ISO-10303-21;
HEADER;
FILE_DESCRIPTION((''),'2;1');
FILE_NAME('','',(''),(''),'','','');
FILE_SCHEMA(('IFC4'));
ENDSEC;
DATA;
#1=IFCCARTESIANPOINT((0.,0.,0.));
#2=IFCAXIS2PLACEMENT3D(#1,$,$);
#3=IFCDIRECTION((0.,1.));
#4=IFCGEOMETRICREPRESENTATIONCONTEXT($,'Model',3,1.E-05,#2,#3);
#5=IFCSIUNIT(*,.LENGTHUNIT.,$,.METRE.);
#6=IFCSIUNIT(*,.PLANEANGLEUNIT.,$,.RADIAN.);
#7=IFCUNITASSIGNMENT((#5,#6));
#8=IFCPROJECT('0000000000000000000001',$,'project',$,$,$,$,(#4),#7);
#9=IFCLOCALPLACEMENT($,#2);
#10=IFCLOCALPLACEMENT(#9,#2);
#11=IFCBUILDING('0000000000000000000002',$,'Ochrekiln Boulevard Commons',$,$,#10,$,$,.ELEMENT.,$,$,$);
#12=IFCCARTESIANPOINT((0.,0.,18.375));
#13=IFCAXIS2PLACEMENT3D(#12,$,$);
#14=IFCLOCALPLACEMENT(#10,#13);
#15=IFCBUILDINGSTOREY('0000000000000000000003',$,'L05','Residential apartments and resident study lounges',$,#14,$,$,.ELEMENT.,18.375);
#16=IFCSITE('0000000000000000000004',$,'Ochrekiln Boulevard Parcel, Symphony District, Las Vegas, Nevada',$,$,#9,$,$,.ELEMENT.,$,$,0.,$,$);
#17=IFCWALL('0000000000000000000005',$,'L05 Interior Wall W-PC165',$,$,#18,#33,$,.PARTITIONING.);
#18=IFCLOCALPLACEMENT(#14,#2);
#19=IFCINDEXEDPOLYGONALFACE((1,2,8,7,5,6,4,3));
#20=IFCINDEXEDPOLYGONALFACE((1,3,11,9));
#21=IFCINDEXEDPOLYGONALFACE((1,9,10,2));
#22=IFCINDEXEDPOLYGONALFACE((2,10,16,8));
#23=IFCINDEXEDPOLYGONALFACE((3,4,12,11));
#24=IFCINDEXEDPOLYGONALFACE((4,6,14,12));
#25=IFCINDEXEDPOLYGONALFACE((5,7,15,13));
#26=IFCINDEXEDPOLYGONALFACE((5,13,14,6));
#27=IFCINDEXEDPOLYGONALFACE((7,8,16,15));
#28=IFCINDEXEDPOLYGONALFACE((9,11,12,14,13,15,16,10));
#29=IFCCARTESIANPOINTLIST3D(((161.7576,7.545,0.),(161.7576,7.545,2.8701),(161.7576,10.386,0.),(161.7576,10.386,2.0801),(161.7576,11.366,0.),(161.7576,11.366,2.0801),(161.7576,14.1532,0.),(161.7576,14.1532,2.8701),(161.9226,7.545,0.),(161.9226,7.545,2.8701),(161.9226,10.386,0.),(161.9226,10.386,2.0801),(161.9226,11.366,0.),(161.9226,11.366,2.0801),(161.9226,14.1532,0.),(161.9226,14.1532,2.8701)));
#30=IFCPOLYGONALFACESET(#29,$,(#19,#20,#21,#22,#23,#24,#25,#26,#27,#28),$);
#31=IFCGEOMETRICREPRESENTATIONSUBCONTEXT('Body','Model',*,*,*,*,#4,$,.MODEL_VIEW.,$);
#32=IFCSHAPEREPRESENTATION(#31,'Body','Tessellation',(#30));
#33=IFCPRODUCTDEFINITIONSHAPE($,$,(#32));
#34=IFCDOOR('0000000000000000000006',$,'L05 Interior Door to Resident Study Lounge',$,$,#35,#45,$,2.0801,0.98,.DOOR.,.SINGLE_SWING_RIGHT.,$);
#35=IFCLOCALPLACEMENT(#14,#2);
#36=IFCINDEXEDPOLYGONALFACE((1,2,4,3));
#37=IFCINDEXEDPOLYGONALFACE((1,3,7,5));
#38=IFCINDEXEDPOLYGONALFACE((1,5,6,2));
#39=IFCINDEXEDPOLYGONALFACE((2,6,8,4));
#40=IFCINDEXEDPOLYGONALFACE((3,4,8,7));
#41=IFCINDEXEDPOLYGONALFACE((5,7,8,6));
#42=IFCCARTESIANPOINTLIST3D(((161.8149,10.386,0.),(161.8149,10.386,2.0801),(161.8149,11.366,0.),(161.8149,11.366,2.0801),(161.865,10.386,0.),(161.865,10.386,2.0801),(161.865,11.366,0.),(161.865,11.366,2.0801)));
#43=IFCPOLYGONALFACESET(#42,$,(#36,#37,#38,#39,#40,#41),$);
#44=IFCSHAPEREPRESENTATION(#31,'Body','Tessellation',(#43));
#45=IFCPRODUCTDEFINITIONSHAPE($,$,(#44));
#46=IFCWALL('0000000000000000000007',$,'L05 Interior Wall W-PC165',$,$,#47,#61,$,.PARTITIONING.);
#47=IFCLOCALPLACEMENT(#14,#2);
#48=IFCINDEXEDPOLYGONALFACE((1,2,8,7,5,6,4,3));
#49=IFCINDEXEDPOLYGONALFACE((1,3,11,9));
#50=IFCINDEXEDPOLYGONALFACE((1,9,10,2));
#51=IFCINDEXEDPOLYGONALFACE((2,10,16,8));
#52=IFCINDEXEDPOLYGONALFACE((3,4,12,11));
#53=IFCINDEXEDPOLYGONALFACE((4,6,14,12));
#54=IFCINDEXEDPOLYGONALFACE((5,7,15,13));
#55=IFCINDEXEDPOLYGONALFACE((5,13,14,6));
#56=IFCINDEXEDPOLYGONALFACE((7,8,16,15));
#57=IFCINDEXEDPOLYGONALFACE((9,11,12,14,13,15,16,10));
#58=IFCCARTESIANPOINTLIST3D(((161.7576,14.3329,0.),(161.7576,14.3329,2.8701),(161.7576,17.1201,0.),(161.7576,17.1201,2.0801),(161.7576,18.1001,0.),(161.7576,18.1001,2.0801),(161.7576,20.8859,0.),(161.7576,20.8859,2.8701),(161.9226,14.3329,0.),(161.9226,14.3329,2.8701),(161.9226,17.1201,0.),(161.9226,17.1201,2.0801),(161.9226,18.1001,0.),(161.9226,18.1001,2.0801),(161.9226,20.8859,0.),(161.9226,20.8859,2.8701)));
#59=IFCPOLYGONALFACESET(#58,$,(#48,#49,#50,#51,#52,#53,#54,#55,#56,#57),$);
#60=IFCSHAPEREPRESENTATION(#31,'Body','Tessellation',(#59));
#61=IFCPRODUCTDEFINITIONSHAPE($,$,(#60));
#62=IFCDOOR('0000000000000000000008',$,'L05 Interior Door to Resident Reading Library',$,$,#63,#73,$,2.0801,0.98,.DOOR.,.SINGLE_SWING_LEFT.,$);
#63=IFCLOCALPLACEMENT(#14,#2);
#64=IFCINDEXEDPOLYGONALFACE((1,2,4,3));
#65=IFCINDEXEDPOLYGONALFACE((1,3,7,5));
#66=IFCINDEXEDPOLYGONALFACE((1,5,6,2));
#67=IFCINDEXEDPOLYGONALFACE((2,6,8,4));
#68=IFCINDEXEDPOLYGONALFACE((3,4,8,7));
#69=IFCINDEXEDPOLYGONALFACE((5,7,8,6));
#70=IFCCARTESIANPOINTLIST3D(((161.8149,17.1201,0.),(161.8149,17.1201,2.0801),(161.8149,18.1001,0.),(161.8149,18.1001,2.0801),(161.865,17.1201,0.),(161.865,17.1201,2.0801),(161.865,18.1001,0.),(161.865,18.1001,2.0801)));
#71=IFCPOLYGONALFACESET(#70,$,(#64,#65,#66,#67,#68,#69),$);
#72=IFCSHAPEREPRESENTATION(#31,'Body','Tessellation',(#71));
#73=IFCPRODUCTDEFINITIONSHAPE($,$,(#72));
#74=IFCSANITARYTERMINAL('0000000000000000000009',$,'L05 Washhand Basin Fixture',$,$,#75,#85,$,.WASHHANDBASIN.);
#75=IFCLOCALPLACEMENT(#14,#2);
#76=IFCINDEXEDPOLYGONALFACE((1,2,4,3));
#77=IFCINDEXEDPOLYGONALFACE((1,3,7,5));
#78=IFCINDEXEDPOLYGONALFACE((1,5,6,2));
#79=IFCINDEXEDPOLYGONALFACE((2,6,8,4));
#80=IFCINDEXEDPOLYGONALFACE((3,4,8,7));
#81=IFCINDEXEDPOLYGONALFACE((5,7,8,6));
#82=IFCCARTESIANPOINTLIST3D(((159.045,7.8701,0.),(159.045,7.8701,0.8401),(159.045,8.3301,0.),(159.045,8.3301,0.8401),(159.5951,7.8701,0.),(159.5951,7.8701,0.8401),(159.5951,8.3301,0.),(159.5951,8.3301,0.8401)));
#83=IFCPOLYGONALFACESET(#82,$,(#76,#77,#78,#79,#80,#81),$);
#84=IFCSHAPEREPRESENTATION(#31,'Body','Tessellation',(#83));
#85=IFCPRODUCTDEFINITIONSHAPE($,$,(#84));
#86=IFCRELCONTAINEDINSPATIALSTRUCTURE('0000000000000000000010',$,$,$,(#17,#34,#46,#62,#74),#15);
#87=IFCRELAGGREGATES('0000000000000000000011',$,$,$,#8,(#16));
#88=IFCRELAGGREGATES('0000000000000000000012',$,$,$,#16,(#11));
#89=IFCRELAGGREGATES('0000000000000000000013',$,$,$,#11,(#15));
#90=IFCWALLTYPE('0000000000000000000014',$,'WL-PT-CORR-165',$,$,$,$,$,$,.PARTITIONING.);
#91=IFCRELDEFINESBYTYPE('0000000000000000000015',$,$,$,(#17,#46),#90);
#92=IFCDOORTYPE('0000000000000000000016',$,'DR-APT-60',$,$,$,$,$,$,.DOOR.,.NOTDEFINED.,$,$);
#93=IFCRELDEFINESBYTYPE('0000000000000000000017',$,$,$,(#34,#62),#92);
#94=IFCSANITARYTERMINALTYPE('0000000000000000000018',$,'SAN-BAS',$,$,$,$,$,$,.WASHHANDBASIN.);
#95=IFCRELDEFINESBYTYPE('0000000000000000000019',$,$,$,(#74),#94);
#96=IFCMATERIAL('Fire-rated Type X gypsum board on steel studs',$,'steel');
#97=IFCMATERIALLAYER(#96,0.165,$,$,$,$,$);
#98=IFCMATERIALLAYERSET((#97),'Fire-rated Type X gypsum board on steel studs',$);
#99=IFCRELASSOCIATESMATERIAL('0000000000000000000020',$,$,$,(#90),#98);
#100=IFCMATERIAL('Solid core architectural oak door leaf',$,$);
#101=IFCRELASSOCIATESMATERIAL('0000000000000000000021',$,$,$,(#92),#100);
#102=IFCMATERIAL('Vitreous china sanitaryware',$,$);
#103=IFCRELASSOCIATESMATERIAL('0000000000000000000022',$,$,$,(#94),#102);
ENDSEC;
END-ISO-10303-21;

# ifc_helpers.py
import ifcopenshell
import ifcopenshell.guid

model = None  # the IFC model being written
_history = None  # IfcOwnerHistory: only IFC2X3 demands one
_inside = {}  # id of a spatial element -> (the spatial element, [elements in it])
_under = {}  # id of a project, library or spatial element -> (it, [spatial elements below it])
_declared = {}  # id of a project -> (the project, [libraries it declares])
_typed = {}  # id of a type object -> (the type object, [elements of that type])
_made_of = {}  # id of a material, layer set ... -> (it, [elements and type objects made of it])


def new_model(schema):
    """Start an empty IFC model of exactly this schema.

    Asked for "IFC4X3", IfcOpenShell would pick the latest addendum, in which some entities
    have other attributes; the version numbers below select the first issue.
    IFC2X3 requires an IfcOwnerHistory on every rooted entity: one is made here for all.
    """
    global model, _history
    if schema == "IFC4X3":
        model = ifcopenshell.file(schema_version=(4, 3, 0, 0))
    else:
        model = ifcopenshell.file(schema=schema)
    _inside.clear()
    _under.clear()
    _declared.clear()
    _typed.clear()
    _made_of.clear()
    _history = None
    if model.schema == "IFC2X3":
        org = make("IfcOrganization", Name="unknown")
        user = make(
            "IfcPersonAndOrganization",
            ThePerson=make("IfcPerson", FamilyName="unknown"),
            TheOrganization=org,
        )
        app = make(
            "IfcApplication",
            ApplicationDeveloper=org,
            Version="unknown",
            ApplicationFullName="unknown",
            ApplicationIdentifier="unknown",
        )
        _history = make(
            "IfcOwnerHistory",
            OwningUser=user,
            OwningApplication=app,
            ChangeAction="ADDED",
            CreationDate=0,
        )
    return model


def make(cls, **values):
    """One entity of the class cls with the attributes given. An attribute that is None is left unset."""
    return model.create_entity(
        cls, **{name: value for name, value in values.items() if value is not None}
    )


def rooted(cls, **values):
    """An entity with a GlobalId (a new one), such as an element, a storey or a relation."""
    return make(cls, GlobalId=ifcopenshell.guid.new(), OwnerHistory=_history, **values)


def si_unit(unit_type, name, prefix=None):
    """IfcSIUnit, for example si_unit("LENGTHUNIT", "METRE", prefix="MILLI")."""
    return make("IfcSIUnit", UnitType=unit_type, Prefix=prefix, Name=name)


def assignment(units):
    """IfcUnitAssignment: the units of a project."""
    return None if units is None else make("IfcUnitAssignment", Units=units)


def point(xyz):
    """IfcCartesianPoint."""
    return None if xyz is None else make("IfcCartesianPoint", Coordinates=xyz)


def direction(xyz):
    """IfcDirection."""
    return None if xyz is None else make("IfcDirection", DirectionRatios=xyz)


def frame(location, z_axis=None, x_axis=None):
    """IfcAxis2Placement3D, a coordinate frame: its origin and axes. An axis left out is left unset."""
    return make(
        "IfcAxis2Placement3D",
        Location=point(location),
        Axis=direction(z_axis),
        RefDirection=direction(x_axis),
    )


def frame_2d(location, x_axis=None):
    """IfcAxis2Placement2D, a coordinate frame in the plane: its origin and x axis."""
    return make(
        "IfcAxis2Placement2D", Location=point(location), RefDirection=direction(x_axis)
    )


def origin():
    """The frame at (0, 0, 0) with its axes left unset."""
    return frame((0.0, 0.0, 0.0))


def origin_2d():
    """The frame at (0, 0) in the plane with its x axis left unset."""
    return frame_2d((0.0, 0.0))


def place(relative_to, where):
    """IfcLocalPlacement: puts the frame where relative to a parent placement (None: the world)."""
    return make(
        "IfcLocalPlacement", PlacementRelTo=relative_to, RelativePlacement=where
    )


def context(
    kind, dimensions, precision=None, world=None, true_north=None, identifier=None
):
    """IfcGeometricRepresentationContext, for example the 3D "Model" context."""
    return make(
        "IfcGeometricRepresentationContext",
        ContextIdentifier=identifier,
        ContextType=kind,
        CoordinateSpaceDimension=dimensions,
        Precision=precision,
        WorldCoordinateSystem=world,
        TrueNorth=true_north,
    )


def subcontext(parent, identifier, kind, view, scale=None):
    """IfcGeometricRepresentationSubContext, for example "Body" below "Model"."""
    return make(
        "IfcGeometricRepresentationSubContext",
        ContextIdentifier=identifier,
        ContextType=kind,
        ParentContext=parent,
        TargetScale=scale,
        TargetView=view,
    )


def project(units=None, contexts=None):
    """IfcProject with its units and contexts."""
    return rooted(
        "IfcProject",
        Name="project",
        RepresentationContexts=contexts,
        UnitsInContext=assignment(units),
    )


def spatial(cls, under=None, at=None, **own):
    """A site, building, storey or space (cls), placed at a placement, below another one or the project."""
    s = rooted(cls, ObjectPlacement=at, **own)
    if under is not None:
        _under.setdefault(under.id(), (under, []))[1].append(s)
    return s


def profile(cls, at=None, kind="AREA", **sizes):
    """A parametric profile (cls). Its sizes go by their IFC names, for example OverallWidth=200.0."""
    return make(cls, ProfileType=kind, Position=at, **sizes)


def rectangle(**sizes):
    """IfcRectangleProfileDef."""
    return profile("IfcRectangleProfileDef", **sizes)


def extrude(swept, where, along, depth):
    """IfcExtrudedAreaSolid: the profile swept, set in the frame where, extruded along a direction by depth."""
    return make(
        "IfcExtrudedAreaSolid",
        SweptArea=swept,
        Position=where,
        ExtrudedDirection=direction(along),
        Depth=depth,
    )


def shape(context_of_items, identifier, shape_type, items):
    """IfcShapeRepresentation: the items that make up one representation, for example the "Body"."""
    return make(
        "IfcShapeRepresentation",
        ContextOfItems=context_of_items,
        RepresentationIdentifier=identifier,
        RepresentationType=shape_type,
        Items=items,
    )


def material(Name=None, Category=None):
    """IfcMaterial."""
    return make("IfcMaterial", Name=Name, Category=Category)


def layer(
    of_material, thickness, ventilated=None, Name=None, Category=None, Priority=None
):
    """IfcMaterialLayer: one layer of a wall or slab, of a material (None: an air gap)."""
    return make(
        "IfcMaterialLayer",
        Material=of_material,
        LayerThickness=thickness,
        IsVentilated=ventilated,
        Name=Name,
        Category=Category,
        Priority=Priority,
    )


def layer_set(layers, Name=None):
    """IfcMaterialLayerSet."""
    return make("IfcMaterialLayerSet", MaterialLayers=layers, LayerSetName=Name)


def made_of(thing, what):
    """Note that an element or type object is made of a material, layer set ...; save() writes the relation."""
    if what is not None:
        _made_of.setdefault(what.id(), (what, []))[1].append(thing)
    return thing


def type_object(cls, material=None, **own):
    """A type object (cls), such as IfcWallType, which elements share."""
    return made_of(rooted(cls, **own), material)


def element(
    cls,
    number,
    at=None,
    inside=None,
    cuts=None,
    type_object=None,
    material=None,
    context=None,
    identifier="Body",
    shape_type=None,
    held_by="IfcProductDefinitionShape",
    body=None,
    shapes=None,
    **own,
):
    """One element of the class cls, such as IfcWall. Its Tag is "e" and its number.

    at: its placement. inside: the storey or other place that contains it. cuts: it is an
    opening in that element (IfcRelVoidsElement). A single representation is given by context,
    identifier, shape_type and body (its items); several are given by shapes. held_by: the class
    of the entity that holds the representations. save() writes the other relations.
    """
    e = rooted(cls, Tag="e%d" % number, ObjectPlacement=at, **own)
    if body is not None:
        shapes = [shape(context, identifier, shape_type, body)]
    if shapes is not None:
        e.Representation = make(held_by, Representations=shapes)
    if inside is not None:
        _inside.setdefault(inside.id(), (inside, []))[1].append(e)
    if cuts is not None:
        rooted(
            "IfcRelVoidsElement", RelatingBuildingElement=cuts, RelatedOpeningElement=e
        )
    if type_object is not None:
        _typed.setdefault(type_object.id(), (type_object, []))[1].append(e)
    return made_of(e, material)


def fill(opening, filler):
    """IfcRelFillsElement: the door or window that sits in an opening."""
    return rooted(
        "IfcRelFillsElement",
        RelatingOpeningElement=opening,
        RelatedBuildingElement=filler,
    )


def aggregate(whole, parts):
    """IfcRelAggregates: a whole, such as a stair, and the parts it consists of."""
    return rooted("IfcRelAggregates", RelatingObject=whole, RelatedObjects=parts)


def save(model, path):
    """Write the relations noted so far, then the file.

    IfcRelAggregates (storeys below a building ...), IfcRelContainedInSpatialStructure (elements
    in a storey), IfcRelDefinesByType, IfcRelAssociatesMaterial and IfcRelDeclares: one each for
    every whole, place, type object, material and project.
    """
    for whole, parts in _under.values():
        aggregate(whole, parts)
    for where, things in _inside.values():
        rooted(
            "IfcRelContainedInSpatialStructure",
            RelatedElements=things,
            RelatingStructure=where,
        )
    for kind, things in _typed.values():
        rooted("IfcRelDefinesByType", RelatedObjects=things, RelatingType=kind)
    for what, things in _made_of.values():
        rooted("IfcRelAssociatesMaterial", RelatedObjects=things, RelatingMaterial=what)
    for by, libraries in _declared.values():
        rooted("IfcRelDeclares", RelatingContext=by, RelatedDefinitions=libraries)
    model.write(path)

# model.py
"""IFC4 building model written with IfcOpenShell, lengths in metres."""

from ifc_helpers import new_model, si_unit, direction, frame, frame_2d, origin, origin_2d, place, context, subcontext, project, spatial, rectangle, extrude, material, layer, layer_set, type_object, element, fill, save


model = new_model("IFC4")

# Units and contexts
model_context = context("Model", 3, precision=1e-05, world=origin(), true_north=direction((0.0, 1.0)))
body_context = subcontext(model_context, "Body", "Model", "MODEL_VIEW")
ifc_project = project(units=[si_unit("LENGTHUNIT", "METRE"), si_unit("PLANEANGLEUNIT", "RADIAN")], contexts=[model_context])

# Site, building, storey
site_placement = place(None, origin())
site = spatial("IfcSite", under=ifc_project, at=site_placement, Name="Ochrekiln Boulevard Parcel, Symphony District, Las Vegas, Nevada", CompositionType="ELEMENT", RefElevation=0.0)
building_placement = place(site_placement, origin())
building = spatial("IfcBuilding", under=site, at=building_placement, Name="Ochrekiln Boulevard Commons", CompositionType="ELEMENT")
storey_placement = place(building_placement, frame((0.0, 0.0, 18.375)))
storey = spatial("IfcBuildingStorey", under=building, at=storey_placement, Name="L05", Description="Residential apartments and resident study lounges", CompositionType="ELEMENT", Elevation=18.375)

# Shared definitions
ifc_material_1 = material(Name="Fire-rated Type X gypsum board on steel studs", Category="steel")

# Shared definitions
ifc_layer_1 = layer(ifc_material_1, 0.165)
ifc_layer_set_1 = layer_set([ifc_layer_1], Name="Fire-rated Type X gypsum board on steel studs")
wall_type_1 = type_object("IfcWallType", Name="WL-PT-CORR-165", PredefinedType="PARTITIONING", material=ifc_layer_set_1)
ifc_material_2 = material(Name="Solid core architectural oak door leaf")

# Walls, openings, doors
wall_1_placement = place(storey_placement, frame((161.8401, 7.5449, 0.0), z_axis=(0.0, 0.0, 1.0), x_axis=(0.0, 1.0, 0.0)))
wall_1 = element("IfcWall", 1, at=wall_1_placement, inside=storey, type_object=wall_type_1, Name="L05 Interior Wall W-PC165", PredefinedType="PARTITIONING", context=body_context, shape_type="SweptSolid", body=[
    extrude(rectangle(XDim=6.6082, YDim=0.165, at=frame_2d((3.3042, 0.0))), origin(), (0.0, 0.0, 1.0), 2.8701),
])
opening_1_placement = place(wall_1_placement, frame((2.8411, 0.0, 0.0)))
opening_1 = element("IfcOpeningElement", 2, at=opening_1_placement, cuts=wall_1, PredefinedType="OPENING", context=body_context, shape_type="SweptSolid", body=[
    extrude(rectangle(XDim=0.98, YDim=2.0801, at=frame_2d((0.49, 1.04))), frame((0.0, 0.0925, 0.0), z_axis=(0.0, -1.0, 0.0), x_axis=(1.0, 0.0, 0.0)), (0.0, 0.0, 1.0), 0.1851),
])
door_type_1 = type_object("IfcDoorType", Name="DR-APT-60", OperationType="NOTDEFINED", PredefinedType="DOOR", material=ifc_material_2)
door_1_placement = place(opening_1_placement, frame((0.98, 0.0, 0.0), z_axis=(0.0, 0.0, 1.0), x_axis=(-1.0, 0.0, 0.0)))
door_1 = element("IfcDoor", 3, at=door_1_placement, inside=storey, type_object=door_type_1, Name="L05 Interior Door to Resident Study Lounge", OperationType="SINGLE_SWING_RIGHT", OverallHeight=2.0801, OverallWidth=0.98, PredefinedType="DOOR", context=body_context, shape_type="SweptSolid", body=[
    extrude(rectangle(XDim=0.98, YDim=2.0801, at=frame_2d((0.49, 1.04))), frame((0.0, 0.0249, 0.0), z_axis=(0.0, -1.0, 0.0), x_axis=(1.0, 0.0, 0.0)), (0.0, 0.0, 1.0), 0.05),
])
fill(opening_1, door_1)
wall_2_placement = place(storey_placement, frame((161.8401, 14.333, 0.0), z_axis=(0.0, 0.0, 1.0), x_axis=(0.0, 1.0, 0.0)))
wall_2 = element("IfcWall", 4, at=wall_2_placement, inside=storey, type_object=wall_type_1, Name="L05 Interior Wall W-PC165", PredefinedType="PARTITIONING", context=body_context, shape_type="SweptSolid", body=[
    extrude(rectangle(XDim=6.553, YDim=0.165, at=frame_2d((3.2764, 0.0))), origin(), (0.0, 0.0, 1.0), 2.8701),
])
opening_2_placement = place(wall_2_placement, frame((2.7871, 0.0, 0.0)))
opening_2 = element("IfcOpeningElement", 5, at=opening_2_placement, cuts=wall_2, PredefinedType="OPENING", context=body_context, shape_type="SweptSolid", body=[
    extrude(rectangle(XDim=0.98, YDim=2.0801, at=frame_2d((0.49, 1.04))), frame((0.0, 0.0925, 0.0), z_axis=(0.0, -1.0, 0.0), x_axis=(1.0, 0.0, 0.0)), (0.0, 0.0, 1.0), 0.1851),
])
door_2_placement = place(opening_2_placement, frame((0.98, 0.0, 0.0), z_axis=(0.0, 0.0, 1.0), x_axis=(-1.0, 0.0, 0.0)))
door_2 = element("IfcDoor", 6, at=door_2_placement, inside=storey, type_object=door_type_1, Name="L05 Interior Door to Resident Reading Library", OperationType="SINGLE_SWING_LEFT", OverallHeight=2.0801, OverallWidth=0.98, PredefinedType="DOOR", context=body_context, shape_type="SweptSolid", body=[
    extrude(rectangle(XDim=0.98, YDim=2.0801, at=frame_2d((0.49, 1.04))), frame((0.0, 0.0249, 0.0), z_axis=(0.0, -1.0, 0.0), x_axis=(1.0, 0.0, 0.0)), (0.0, 0.0, 1.0), 0.05),
])
fill(opening_2, door_2)

# Sanitary terminal
ifc_material_3 = material(Name="Vitreous china sanitaryware")
sanitary_terminal_type = type_object("IfcSanitaryTerminalType", Name="SAN-BAS", PredefinedType="WASHHANDBASIN", material=ifc_material_3)
sanitary_terminal_placement = place(storey_placement, frame((159.3201, 8.1001, 0.0), z_axis=(0.0, 0.0, 1.0), x_axis=(1.0, 0.0, 0.0)))
element("IfcSanitaryTerminal", 7, at=sanitary_terminal_placement, inside=storey, type_object=sanitary_terminal_type, Name="L05 Washhand Basin Fixture", PredefinedType="WASHHANDBASIN", context=body_context, shape_type="SweptSolid", body=[
    extrude(rectangle(XDim=0.55, YDim=0.46, at=origin_2d()), origin(), (0.0, 0.0, 1.0), 0.8401),
])

save(model, "model.ifc")
